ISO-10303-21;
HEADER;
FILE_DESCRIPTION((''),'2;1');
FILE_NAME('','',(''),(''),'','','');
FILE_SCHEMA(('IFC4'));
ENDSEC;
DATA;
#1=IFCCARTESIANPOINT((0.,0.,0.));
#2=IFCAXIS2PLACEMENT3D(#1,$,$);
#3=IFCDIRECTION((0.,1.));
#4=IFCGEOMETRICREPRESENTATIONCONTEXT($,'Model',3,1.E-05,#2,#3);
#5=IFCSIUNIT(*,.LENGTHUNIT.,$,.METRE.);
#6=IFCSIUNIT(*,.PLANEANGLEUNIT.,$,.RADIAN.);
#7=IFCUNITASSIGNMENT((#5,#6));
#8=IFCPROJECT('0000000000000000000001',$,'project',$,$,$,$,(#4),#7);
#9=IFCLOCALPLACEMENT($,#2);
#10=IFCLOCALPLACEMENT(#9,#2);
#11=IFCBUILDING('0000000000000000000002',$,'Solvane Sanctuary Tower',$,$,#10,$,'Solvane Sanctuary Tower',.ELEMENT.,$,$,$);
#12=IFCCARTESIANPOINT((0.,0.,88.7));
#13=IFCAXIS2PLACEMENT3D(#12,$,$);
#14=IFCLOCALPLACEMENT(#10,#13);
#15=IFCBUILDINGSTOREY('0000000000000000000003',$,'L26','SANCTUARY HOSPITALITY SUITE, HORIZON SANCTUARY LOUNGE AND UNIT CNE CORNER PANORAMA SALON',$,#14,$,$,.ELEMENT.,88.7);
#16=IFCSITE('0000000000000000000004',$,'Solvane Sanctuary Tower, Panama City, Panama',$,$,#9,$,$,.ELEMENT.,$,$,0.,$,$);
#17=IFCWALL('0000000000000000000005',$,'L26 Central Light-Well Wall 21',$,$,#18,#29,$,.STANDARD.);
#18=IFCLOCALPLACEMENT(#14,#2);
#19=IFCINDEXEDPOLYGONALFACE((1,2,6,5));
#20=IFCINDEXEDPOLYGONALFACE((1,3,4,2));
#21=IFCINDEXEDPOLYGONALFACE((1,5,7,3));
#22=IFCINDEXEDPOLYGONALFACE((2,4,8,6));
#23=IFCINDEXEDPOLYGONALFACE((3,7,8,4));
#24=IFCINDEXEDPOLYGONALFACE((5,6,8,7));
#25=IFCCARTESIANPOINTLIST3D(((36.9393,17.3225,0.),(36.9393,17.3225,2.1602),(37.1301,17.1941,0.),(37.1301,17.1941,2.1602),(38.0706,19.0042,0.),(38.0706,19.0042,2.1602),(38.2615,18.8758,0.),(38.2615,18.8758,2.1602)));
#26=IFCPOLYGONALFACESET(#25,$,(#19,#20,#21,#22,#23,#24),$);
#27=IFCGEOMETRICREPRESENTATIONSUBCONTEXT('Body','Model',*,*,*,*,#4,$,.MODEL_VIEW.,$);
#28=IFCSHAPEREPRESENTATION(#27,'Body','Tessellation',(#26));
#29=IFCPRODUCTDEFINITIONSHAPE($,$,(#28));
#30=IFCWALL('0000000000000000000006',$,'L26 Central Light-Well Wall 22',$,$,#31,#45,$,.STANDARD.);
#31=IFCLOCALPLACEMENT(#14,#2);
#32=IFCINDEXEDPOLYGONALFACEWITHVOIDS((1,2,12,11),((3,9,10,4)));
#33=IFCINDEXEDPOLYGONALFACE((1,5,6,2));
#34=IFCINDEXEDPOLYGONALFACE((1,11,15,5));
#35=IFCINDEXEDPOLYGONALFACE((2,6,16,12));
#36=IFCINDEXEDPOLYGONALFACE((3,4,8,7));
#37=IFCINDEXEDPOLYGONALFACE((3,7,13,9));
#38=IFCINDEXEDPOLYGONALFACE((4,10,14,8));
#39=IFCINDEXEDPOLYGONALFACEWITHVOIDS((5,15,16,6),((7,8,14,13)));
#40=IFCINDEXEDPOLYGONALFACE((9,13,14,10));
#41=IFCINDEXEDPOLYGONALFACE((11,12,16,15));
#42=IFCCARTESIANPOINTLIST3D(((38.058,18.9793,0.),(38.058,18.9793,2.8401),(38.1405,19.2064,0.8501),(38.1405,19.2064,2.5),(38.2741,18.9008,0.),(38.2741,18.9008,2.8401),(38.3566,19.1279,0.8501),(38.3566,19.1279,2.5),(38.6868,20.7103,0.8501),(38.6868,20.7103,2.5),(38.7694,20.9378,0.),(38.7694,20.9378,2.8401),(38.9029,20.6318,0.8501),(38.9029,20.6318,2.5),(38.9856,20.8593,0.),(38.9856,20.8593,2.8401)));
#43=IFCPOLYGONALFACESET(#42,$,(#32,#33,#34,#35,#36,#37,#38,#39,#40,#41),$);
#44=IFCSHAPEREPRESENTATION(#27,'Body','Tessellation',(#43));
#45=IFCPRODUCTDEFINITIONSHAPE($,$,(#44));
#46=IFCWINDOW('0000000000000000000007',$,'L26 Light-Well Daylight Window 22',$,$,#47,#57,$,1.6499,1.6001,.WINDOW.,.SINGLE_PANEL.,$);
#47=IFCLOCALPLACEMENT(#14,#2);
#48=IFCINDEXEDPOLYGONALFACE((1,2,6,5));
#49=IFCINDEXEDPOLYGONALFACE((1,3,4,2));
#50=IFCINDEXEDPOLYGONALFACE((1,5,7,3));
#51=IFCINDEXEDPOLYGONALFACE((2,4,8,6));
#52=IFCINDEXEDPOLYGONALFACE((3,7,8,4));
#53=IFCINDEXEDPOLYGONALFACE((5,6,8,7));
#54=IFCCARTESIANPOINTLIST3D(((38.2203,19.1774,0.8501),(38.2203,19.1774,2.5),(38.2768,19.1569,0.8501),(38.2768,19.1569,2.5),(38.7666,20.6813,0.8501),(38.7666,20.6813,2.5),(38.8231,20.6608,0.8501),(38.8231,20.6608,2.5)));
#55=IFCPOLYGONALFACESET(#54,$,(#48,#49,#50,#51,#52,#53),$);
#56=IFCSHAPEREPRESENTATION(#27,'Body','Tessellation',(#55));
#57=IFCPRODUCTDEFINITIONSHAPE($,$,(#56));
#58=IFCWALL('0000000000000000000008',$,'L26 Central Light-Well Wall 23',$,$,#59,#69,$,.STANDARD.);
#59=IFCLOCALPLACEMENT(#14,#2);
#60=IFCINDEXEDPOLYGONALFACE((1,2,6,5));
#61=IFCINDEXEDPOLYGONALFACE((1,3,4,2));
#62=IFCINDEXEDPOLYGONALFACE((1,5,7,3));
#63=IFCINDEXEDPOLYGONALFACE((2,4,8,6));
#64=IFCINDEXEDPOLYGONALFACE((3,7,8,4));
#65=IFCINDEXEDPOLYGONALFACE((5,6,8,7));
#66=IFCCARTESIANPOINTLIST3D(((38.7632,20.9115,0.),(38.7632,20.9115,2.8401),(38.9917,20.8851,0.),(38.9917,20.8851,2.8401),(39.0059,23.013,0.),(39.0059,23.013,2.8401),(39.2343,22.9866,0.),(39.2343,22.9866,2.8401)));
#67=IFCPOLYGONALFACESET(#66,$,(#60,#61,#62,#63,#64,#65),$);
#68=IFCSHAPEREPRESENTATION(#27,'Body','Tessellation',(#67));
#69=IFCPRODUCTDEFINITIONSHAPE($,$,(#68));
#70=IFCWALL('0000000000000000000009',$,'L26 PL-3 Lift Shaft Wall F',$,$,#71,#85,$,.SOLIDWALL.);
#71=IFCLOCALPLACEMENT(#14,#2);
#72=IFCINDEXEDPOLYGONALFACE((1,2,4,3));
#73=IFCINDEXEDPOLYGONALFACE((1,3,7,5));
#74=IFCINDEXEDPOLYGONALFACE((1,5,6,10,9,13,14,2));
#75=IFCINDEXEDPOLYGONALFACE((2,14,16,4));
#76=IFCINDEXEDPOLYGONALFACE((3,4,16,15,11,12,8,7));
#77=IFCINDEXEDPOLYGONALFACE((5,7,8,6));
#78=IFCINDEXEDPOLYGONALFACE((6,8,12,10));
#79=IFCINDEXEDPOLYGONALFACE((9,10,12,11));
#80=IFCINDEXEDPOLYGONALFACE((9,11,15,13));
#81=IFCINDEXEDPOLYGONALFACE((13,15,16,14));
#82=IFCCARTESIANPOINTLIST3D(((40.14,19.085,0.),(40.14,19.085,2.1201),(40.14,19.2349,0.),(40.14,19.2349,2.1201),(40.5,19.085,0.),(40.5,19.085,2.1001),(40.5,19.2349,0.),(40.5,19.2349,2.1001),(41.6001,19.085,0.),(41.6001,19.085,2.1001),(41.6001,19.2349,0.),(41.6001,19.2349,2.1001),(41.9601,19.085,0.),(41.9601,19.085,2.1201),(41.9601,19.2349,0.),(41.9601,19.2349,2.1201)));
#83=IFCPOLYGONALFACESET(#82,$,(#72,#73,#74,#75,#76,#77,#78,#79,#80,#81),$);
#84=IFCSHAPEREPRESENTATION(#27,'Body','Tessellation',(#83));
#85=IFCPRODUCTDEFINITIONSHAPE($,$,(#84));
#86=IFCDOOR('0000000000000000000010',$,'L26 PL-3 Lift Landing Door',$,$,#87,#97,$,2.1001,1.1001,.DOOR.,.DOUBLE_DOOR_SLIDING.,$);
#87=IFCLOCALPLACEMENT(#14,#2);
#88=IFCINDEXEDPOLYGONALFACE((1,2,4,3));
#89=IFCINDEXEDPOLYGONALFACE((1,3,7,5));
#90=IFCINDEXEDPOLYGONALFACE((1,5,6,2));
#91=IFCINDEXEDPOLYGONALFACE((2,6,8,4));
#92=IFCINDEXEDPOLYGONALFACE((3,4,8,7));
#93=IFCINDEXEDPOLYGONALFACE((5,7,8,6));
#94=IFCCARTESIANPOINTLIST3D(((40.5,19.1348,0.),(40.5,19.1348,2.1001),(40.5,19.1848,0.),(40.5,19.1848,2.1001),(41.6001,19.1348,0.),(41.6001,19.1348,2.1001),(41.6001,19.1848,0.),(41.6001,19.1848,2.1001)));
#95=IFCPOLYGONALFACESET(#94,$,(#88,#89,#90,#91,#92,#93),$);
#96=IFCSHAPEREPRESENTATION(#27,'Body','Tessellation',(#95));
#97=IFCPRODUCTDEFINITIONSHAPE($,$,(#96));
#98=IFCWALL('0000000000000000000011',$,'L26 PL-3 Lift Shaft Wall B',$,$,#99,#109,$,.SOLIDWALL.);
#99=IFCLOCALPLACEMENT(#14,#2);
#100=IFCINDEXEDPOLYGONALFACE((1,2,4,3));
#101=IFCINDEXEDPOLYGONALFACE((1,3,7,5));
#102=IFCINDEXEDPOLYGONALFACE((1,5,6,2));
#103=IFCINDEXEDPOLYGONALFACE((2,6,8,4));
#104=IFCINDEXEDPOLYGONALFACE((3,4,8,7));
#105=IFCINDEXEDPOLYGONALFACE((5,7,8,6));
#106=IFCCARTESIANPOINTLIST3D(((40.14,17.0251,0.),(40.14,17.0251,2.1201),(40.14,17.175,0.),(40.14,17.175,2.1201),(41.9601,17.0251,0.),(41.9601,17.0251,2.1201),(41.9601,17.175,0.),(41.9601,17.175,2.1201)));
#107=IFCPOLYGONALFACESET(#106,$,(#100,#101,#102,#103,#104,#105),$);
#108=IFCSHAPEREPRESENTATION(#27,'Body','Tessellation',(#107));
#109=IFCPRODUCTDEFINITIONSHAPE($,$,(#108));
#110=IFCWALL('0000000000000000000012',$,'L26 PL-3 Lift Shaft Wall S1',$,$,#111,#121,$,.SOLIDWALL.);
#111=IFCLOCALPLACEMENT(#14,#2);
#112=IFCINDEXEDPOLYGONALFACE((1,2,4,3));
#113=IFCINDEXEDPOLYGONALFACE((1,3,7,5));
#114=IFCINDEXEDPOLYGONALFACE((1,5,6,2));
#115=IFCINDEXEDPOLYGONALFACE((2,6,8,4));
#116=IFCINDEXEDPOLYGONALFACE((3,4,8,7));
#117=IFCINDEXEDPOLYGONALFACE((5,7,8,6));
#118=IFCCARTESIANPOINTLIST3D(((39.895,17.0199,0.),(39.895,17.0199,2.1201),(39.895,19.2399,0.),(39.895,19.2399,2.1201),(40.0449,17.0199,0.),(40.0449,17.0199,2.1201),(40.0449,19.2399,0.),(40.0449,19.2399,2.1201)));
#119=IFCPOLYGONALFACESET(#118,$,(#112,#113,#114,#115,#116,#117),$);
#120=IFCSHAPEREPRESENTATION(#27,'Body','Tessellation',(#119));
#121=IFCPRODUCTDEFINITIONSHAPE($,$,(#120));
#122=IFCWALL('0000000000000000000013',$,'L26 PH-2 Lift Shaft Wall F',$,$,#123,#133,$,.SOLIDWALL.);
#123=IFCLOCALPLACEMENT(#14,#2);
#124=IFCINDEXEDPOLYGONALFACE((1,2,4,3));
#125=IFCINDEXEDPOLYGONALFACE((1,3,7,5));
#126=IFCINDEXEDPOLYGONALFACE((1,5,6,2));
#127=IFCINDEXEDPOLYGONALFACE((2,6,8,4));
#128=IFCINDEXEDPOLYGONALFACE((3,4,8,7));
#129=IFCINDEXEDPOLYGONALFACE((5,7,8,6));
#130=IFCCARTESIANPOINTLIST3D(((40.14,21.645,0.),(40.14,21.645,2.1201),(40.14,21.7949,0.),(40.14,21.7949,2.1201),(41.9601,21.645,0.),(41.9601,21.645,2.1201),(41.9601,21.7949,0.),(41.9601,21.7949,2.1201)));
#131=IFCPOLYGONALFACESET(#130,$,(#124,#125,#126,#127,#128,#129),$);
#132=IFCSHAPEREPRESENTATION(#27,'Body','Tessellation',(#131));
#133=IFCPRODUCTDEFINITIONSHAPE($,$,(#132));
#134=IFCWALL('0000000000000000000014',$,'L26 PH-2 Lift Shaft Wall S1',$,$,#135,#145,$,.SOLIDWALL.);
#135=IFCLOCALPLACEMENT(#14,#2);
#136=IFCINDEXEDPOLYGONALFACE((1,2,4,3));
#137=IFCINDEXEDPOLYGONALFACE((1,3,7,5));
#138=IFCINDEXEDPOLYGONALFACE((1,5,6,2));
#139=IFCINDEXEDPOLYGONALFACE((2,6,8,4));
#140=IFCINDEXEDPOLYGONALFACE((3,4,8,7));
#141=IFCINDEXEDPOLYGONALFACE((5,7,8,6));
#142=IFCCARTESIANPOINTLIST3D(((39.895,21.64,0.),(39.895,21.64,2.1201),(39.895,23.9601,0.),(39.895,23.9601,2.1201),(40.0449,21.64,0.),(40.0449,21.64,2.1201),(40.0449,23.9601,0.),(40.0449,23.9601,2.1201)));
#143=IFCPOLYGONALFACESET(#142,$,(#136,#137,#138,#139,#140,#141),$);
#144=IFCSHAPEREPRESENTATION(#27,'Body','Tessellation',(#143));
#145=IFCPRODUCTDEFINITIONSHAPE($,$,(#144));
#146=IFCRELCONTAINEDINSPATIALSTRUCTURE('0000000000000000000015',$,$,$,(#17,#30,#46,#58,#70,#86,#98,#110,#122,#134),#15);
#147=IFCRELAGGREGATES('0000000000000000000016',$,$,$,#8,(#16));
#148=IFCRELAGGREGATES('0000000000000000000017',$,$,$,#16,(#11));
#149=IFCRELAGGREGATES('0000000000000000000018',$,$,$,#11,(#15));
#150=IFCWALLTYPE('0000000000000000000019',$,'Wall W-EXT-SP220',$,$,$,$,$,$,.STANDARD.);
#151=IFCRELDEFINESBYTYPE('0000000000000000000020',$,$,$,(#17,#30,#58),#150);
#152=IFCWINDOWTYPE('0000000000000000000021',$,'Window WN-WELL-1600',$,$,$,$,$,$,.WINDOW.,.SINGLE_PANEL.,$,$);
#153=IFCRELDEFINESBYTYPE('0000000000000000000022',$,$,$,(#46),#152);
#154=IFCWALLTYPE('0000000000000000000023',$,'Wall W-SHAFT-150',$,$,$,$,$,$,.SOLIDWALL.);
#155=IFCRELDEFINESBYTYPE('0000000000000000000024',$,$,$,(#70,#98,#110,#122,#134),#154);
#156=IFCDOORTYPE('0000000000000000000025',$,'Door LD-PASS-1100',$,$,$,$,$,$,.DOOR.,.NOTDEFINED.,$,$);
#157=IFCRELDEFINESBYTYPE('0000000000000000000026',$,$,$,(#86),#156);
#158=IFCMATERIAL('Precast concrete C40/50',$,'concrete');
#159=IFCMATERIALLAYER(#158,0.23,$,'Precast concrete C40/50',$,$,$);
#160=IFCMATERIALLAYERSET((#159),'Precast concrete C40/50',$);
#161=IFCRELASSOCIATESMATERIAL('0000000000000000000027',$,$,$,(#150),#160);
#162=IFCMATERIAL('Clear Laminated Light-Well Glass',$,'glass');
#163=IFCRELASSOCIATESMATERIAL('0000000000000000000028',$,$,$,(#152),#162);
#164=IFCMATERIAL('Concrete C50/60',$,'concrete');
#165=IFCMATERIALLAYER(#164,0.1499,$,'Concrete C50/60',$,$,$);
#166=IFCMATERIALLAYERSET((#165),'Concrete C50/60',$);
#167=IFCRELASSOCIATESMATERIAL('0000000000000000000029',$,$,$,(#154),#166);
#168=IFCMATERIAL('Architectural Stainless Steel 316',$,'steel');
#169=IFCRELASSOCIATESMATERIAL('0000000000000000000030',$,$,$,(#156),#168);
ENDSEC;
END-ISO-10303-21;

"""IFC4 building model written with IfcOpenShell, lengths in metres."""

from ifc_helpers import new_model, si_unit, direction, frame, frame_2d, origin, place, context, subcontext, project, spatial, rectangle, extrude, material, layer, layer_set, type_object, element, fill, save


model = new_model("IFC4")

# Units and contexts
model_context = context("Model", 3, precision=1e-05, world=origin(), true_north=direction((0.0, 1.0)))
body_context = subcontext(model_context, "Body", "Model", "MODEL_VIEW")
ifc_project = project(units=[si_unit("LENGTHUNIT", "METRE"), si_unit("PLANEANGLEUNIT", "RADIAN")], contexts=[model_context])

# Site, building, storey
site_placement = place(None, origin())
site = spatial("IfcSite", under=ifc_project, at=site_placement, Name="Solvane Sanctuary Tower, Panama City, Panama", CompositionType="ELEMENT", RefElevation=0.0)
building_placement = place(site_placement, origin())
building = spatial("IfcBuilding", under=site, at=building_placement, Name="Solvane Sanctuary Tower", LongName="Solvane Sanctuary Tower", CompositionType="ELEMENT")
storey_placement = place(building_placement, frame((0.0, 0.0, 88.7)))
storey = spatial("IfcBuildingStorey", under=building, at=storey_placement, Name="L26", Description="SANCTUARY HOSPITALITY SUITE, HORIZON SANCTUARY LOUNGE AND UNIT CNE CORNER PANORAMA SALON", CompositionType="ELEMENT", Elevation=88.7)

# Wall
ifc_material_1 = material(Name="Precast concrete C40/50", Category="concrete")
ifc_layer_1 = layer(ifc_material_1, 0.23, Name="Precast concrete C40/50")
ifc_layer_set_1 = layer_set([ifc_layer_1], Name="Precast concrete C40/50")
wall_type_1 = type_object("IfcWallType", Name="Wall W-EXT-SP220", PredefinedType="STANDARD", material=ifc_layer_set_1)
wall_1_placement = place(storey_placement, frame((37.0347, 17.2583, 0.0), z_axis=(0.0, 0.0, 1.0), x_axis=(0.558198, 0.829708, 0.0)))
element("IfcWall", 1, at=wall_1_placement, inside=storey, type_object=wall_type_1, Name="L26 Central Light-Well Wall 21", PredefinedType="STANDARD", context=body_context, shape_type="SweptSolid", body=[
    extrude(rectangle(XDim=2.0269, YDim=0.23, at=frame_2d((1.0134, 0.0))), origin(), (0.0, 0.0, 1.0), 2.1602),
])

# Wall, opening, window
wall_2_placement = place(storey_placement, frame((38.166, 18.9399, 0.0), z_axis=(0.0, 0.0, 1.0), x_axis=(0.341423, 0.93991, 0.0)))
wall_2 = element("IfcWall", 2, at=wall_2_placement, inside=storey, type_object=wall_type_1, Name="L26 Central Light-Well Wall 22", PredefinedType="STANDARD", context=body_context, shape_type="SweptSolid", body=[
    extrude(rectangle(XDim=2.0837, YDim=0.23, at=frame_2d((1.042, 0.0))), origin(), (0.0, 0.0, 1.0), 2.8401),
])
opening_1_placement = place(wall_2_placement, frame((0.2417, 0.0, 0.8501)))
opening_1 = element("IfcOpeningElement", 3, at=opening_1_placement, cuts=wall_2, PredefinedType="OPENING", context=body_context, shape_type="SweptSolid", body=[
    extrude(rectangle(XDim=1.6001, YDim=1.6499, at=frame_2d((0.8, 0.825))), frame((0.0, 0.125, 0.0), z_axis=(0.0, -1.0, 0.0), x_axis=(1.0, 0.0, 0.0)), (0.0, 0.0, 1.0), 0.25),
])
ifc_material_2 = material(Name="Clear Laminated Light-Well Glass", Category="glass")
window_type = type_object("IfcWindowType", Name="Window WN-WELL-1600", PartitioningType="SINGLE_PANEL", PredefinedType="WINDOW", material=ifc_material_2)
window_placement = place(opening_1_placement, origin())
window = element("IfcWindow", 4, at=window_placement, inside=storey, type_object=window_type, Name="L26 Light-Well Daylight Window 22", OverallHeight=1.6499, OverallWidth=1.6001, PartitioningType="SINGLE_PANEL", PredefinedType="WINDOW", context=body_context, shape_type="SweptSolid", body=[
    extrude(rectangle(XDim=1.6001, YDim=1.6499, at=frame_2d((0.8, 0.825))), frame((0.0, 0.03, 0.0), z_axis=(0.0, -1.0, 0.0), x_axis=(1.0, 0.0, 0.0)), (0.0, 0.0, 1.0), 0.0601),
])
fill(opening_1, window)

# Wall
wall_3_placement = place(storey_placement, frame((38.8774, 20.8984, 0.0), z_axis=(0.0, 0.0, 1.0), x_axis=(0.114712, 0.993399, 0.0)))
element("IfcWall", 5, at=wall_3_placement, inside=storey, type_object=wall_type_1, Name="L26 Central Light-Well Wall 23", PredefinedType="STANDARD", context=body_context, shape_type="SweptSolid", body=[
    extrude(rectangle(XDim=2.1155, YDim=0.23, at=frame_2d((1.0576, 0.0))), origin(), (0.0, 0.0, 1.0), 2.8401),
])

# Wall, opening, door
ifc_material_3 = material(Name="Concrete C50/60", Category="concrete")
ifc_layer_2 = layer(ifc_material_3, 0.1499, Name="Concrete C50/60")
ifc_layer_set_2 = layer_set([ifc_layer_2], Name="Concrete C50/60")
wall_type_2 = type_object("IfcWallType", Name="Wall W-SHAFT-150", PredefinedType="SOLIDWALL", material=ifc_layer_set_2)
wall_4_placement = place(storey_placement, frame((40.1399, 19.1599, 0.0), z_axis=(0.0, 0.0, 1.0), x_axis=(1.0, 0.0, 0.0)))
wall_4 = element("IfcWall", 6, at=wall_4_placement, inside=storey, type_object=wall_type_2, Name="L26 PL-3 Lift Shaft Wall F", PredefinedType="SOLIDWALL", context=body_context, shape_type="SweptSolid", body=[
    extrude(rectangle(XDim=1.8201, YDim=0.1499, at=frame_2d((0.9102, 0.0))), origin(), (0.0, 0.0, 1.0), 2.1201),
])
opening_2_placement = place(wall_4_placement, frame((0.3601, 0.0, 0.0)))
opening_2 = element("IfcOpeningElement", 7, at=opening_2_placement, cuts=wall_4, PredefinedType="OPENING", context=body_context, shape_type="SweptSolid", body=[
    extrude(rectangle(XDim=1.1001, YDim=2.1001, at=frame_2d((0.55, 1.05))), frame((0.0, 0.085, 0.0), z_axis=(0.0, -1.0, 0.0), x_axis=(1.0, 0.0, 0.0)), (0.0, 0.0, 1.0), 0.1699),
])
ifc_material_4 = material(Name="Architectural Stainless Steel 316", Category="steel")
door_type = type_object("IfcDoorType", Name="Door LD-PASS-1100", OperationType="NOTDEFINED", PredefinedType="DOOR", material=ifc_material_4)
door_placement = place(opening_2_placement, origin())
door = element("IfcDoor", 8, at=door_placement, inside=storey, type_object=door_type, Name="L26 PL-3 Lift Landing Door", OperationType="DOUBLE_DOOR_SLIDING", OverallHeight=2.1001, OverallWidth=1.1001, PredefinedType="DOOR", context=body_context, shape_type="SweptSolid", body=[
    extrude(rectangle(XDim=1.1001, YDim=2.1001, at=frame_2d((0.55, 1.05))), frame((0.0, 0.0249, 0.0), z_axis=(0.0, -1.0, 0.0), x_axis=(1.0, 0.0, 0.0)), (0.0, 0.0, 1.0), 0.05),
])
fill(opening_2, door)

# Walls
wall_5_placement = place(storey_placement, frame((40.1399, 17.1001, 0.0), z_axis=(0.0, 0.0, 1.0), x_axis=(1.0, 0.0, 0.0)))
element("IfcWall", 9, at=wall_5_placement, inside=storey, type_object=wall_type_2, Name="L26 PL-3 Lift Shaft Wall B", PredefinedType="SOLIDWALL", context=body_context, shape_type="SweptSolid", body=[
    extrude(rectangle(XDim=1.8201, YDim=0.1499, at=frame_2d((0.9102, 0.0))), origin(), (0.0, 0.0, 1.0), 2.1201),
])
wall_6_placement = place(storey_placement, frame((39.97, 17.02, 0.0), z_axis=(0.0, 0.0, 1.0), x_axis=(0.0, 1.0, 0.0)))
element("IfcWall", 10, at=wall_6_placement, inside=storey, type_object=wall_type_2, Name="L26 PL-3 Lift Shaft Wall S1", PredefinedType="SOLIDWALL", context=body_context, shape_type="SweptSolid", body=[
    extrude(rectangle(XDim=2.22, YDim=0.1499, at=frame_2d((1.1099, 0.0))), origin(), (0.0, 0.0, 1.0), 2.1201),
])
wall_7_placement = place(storey_placement, frame((40.1399, 21.72, 0.0), z_axis=(0.0, 0.0, 1.0), x_axis=(1.0, 0.0, 0.0)))
element("IfcWall", 11, at=wall_7_placement, inside=storey, type_object=wall_type_2, Name="L26 PH-2 Lift Shaft Wall F", PredefinedType="SOLIDWALL", context=body_context, shape_type="SweptSolid", body=[
    extrude(rectangle(XDim=1.8201, YDim=0.1499, at=frame_2d((0.9102, 0.0))), origin(), (0.0, 0.0, 1.0), 2.1201),
])
wall_8_placement = place(storey_placement, frame((39.97, 21.6399, 0.0), z_axis=(0.0, 0.0, 1.0), x_axis=(0.0, 1.0, 0.0)))
element("IfcWall", 12, at=wall_8_placement, inside=storey, type_object=wall_type_2, Name="L26 PH-2 Lift Shaft Wall S1", PredefinedType="SOLIDWALL", context=body_context, shape_type="SweptSolid", body=[
    extrude(rectangle(XDim=2.3201, YDim=0.1499, at=frame_2d((1.1602, 0.0))), origin(), (0.0, 0.0, 1.0), 2.1201),
])

save(model, "model.ifc")
